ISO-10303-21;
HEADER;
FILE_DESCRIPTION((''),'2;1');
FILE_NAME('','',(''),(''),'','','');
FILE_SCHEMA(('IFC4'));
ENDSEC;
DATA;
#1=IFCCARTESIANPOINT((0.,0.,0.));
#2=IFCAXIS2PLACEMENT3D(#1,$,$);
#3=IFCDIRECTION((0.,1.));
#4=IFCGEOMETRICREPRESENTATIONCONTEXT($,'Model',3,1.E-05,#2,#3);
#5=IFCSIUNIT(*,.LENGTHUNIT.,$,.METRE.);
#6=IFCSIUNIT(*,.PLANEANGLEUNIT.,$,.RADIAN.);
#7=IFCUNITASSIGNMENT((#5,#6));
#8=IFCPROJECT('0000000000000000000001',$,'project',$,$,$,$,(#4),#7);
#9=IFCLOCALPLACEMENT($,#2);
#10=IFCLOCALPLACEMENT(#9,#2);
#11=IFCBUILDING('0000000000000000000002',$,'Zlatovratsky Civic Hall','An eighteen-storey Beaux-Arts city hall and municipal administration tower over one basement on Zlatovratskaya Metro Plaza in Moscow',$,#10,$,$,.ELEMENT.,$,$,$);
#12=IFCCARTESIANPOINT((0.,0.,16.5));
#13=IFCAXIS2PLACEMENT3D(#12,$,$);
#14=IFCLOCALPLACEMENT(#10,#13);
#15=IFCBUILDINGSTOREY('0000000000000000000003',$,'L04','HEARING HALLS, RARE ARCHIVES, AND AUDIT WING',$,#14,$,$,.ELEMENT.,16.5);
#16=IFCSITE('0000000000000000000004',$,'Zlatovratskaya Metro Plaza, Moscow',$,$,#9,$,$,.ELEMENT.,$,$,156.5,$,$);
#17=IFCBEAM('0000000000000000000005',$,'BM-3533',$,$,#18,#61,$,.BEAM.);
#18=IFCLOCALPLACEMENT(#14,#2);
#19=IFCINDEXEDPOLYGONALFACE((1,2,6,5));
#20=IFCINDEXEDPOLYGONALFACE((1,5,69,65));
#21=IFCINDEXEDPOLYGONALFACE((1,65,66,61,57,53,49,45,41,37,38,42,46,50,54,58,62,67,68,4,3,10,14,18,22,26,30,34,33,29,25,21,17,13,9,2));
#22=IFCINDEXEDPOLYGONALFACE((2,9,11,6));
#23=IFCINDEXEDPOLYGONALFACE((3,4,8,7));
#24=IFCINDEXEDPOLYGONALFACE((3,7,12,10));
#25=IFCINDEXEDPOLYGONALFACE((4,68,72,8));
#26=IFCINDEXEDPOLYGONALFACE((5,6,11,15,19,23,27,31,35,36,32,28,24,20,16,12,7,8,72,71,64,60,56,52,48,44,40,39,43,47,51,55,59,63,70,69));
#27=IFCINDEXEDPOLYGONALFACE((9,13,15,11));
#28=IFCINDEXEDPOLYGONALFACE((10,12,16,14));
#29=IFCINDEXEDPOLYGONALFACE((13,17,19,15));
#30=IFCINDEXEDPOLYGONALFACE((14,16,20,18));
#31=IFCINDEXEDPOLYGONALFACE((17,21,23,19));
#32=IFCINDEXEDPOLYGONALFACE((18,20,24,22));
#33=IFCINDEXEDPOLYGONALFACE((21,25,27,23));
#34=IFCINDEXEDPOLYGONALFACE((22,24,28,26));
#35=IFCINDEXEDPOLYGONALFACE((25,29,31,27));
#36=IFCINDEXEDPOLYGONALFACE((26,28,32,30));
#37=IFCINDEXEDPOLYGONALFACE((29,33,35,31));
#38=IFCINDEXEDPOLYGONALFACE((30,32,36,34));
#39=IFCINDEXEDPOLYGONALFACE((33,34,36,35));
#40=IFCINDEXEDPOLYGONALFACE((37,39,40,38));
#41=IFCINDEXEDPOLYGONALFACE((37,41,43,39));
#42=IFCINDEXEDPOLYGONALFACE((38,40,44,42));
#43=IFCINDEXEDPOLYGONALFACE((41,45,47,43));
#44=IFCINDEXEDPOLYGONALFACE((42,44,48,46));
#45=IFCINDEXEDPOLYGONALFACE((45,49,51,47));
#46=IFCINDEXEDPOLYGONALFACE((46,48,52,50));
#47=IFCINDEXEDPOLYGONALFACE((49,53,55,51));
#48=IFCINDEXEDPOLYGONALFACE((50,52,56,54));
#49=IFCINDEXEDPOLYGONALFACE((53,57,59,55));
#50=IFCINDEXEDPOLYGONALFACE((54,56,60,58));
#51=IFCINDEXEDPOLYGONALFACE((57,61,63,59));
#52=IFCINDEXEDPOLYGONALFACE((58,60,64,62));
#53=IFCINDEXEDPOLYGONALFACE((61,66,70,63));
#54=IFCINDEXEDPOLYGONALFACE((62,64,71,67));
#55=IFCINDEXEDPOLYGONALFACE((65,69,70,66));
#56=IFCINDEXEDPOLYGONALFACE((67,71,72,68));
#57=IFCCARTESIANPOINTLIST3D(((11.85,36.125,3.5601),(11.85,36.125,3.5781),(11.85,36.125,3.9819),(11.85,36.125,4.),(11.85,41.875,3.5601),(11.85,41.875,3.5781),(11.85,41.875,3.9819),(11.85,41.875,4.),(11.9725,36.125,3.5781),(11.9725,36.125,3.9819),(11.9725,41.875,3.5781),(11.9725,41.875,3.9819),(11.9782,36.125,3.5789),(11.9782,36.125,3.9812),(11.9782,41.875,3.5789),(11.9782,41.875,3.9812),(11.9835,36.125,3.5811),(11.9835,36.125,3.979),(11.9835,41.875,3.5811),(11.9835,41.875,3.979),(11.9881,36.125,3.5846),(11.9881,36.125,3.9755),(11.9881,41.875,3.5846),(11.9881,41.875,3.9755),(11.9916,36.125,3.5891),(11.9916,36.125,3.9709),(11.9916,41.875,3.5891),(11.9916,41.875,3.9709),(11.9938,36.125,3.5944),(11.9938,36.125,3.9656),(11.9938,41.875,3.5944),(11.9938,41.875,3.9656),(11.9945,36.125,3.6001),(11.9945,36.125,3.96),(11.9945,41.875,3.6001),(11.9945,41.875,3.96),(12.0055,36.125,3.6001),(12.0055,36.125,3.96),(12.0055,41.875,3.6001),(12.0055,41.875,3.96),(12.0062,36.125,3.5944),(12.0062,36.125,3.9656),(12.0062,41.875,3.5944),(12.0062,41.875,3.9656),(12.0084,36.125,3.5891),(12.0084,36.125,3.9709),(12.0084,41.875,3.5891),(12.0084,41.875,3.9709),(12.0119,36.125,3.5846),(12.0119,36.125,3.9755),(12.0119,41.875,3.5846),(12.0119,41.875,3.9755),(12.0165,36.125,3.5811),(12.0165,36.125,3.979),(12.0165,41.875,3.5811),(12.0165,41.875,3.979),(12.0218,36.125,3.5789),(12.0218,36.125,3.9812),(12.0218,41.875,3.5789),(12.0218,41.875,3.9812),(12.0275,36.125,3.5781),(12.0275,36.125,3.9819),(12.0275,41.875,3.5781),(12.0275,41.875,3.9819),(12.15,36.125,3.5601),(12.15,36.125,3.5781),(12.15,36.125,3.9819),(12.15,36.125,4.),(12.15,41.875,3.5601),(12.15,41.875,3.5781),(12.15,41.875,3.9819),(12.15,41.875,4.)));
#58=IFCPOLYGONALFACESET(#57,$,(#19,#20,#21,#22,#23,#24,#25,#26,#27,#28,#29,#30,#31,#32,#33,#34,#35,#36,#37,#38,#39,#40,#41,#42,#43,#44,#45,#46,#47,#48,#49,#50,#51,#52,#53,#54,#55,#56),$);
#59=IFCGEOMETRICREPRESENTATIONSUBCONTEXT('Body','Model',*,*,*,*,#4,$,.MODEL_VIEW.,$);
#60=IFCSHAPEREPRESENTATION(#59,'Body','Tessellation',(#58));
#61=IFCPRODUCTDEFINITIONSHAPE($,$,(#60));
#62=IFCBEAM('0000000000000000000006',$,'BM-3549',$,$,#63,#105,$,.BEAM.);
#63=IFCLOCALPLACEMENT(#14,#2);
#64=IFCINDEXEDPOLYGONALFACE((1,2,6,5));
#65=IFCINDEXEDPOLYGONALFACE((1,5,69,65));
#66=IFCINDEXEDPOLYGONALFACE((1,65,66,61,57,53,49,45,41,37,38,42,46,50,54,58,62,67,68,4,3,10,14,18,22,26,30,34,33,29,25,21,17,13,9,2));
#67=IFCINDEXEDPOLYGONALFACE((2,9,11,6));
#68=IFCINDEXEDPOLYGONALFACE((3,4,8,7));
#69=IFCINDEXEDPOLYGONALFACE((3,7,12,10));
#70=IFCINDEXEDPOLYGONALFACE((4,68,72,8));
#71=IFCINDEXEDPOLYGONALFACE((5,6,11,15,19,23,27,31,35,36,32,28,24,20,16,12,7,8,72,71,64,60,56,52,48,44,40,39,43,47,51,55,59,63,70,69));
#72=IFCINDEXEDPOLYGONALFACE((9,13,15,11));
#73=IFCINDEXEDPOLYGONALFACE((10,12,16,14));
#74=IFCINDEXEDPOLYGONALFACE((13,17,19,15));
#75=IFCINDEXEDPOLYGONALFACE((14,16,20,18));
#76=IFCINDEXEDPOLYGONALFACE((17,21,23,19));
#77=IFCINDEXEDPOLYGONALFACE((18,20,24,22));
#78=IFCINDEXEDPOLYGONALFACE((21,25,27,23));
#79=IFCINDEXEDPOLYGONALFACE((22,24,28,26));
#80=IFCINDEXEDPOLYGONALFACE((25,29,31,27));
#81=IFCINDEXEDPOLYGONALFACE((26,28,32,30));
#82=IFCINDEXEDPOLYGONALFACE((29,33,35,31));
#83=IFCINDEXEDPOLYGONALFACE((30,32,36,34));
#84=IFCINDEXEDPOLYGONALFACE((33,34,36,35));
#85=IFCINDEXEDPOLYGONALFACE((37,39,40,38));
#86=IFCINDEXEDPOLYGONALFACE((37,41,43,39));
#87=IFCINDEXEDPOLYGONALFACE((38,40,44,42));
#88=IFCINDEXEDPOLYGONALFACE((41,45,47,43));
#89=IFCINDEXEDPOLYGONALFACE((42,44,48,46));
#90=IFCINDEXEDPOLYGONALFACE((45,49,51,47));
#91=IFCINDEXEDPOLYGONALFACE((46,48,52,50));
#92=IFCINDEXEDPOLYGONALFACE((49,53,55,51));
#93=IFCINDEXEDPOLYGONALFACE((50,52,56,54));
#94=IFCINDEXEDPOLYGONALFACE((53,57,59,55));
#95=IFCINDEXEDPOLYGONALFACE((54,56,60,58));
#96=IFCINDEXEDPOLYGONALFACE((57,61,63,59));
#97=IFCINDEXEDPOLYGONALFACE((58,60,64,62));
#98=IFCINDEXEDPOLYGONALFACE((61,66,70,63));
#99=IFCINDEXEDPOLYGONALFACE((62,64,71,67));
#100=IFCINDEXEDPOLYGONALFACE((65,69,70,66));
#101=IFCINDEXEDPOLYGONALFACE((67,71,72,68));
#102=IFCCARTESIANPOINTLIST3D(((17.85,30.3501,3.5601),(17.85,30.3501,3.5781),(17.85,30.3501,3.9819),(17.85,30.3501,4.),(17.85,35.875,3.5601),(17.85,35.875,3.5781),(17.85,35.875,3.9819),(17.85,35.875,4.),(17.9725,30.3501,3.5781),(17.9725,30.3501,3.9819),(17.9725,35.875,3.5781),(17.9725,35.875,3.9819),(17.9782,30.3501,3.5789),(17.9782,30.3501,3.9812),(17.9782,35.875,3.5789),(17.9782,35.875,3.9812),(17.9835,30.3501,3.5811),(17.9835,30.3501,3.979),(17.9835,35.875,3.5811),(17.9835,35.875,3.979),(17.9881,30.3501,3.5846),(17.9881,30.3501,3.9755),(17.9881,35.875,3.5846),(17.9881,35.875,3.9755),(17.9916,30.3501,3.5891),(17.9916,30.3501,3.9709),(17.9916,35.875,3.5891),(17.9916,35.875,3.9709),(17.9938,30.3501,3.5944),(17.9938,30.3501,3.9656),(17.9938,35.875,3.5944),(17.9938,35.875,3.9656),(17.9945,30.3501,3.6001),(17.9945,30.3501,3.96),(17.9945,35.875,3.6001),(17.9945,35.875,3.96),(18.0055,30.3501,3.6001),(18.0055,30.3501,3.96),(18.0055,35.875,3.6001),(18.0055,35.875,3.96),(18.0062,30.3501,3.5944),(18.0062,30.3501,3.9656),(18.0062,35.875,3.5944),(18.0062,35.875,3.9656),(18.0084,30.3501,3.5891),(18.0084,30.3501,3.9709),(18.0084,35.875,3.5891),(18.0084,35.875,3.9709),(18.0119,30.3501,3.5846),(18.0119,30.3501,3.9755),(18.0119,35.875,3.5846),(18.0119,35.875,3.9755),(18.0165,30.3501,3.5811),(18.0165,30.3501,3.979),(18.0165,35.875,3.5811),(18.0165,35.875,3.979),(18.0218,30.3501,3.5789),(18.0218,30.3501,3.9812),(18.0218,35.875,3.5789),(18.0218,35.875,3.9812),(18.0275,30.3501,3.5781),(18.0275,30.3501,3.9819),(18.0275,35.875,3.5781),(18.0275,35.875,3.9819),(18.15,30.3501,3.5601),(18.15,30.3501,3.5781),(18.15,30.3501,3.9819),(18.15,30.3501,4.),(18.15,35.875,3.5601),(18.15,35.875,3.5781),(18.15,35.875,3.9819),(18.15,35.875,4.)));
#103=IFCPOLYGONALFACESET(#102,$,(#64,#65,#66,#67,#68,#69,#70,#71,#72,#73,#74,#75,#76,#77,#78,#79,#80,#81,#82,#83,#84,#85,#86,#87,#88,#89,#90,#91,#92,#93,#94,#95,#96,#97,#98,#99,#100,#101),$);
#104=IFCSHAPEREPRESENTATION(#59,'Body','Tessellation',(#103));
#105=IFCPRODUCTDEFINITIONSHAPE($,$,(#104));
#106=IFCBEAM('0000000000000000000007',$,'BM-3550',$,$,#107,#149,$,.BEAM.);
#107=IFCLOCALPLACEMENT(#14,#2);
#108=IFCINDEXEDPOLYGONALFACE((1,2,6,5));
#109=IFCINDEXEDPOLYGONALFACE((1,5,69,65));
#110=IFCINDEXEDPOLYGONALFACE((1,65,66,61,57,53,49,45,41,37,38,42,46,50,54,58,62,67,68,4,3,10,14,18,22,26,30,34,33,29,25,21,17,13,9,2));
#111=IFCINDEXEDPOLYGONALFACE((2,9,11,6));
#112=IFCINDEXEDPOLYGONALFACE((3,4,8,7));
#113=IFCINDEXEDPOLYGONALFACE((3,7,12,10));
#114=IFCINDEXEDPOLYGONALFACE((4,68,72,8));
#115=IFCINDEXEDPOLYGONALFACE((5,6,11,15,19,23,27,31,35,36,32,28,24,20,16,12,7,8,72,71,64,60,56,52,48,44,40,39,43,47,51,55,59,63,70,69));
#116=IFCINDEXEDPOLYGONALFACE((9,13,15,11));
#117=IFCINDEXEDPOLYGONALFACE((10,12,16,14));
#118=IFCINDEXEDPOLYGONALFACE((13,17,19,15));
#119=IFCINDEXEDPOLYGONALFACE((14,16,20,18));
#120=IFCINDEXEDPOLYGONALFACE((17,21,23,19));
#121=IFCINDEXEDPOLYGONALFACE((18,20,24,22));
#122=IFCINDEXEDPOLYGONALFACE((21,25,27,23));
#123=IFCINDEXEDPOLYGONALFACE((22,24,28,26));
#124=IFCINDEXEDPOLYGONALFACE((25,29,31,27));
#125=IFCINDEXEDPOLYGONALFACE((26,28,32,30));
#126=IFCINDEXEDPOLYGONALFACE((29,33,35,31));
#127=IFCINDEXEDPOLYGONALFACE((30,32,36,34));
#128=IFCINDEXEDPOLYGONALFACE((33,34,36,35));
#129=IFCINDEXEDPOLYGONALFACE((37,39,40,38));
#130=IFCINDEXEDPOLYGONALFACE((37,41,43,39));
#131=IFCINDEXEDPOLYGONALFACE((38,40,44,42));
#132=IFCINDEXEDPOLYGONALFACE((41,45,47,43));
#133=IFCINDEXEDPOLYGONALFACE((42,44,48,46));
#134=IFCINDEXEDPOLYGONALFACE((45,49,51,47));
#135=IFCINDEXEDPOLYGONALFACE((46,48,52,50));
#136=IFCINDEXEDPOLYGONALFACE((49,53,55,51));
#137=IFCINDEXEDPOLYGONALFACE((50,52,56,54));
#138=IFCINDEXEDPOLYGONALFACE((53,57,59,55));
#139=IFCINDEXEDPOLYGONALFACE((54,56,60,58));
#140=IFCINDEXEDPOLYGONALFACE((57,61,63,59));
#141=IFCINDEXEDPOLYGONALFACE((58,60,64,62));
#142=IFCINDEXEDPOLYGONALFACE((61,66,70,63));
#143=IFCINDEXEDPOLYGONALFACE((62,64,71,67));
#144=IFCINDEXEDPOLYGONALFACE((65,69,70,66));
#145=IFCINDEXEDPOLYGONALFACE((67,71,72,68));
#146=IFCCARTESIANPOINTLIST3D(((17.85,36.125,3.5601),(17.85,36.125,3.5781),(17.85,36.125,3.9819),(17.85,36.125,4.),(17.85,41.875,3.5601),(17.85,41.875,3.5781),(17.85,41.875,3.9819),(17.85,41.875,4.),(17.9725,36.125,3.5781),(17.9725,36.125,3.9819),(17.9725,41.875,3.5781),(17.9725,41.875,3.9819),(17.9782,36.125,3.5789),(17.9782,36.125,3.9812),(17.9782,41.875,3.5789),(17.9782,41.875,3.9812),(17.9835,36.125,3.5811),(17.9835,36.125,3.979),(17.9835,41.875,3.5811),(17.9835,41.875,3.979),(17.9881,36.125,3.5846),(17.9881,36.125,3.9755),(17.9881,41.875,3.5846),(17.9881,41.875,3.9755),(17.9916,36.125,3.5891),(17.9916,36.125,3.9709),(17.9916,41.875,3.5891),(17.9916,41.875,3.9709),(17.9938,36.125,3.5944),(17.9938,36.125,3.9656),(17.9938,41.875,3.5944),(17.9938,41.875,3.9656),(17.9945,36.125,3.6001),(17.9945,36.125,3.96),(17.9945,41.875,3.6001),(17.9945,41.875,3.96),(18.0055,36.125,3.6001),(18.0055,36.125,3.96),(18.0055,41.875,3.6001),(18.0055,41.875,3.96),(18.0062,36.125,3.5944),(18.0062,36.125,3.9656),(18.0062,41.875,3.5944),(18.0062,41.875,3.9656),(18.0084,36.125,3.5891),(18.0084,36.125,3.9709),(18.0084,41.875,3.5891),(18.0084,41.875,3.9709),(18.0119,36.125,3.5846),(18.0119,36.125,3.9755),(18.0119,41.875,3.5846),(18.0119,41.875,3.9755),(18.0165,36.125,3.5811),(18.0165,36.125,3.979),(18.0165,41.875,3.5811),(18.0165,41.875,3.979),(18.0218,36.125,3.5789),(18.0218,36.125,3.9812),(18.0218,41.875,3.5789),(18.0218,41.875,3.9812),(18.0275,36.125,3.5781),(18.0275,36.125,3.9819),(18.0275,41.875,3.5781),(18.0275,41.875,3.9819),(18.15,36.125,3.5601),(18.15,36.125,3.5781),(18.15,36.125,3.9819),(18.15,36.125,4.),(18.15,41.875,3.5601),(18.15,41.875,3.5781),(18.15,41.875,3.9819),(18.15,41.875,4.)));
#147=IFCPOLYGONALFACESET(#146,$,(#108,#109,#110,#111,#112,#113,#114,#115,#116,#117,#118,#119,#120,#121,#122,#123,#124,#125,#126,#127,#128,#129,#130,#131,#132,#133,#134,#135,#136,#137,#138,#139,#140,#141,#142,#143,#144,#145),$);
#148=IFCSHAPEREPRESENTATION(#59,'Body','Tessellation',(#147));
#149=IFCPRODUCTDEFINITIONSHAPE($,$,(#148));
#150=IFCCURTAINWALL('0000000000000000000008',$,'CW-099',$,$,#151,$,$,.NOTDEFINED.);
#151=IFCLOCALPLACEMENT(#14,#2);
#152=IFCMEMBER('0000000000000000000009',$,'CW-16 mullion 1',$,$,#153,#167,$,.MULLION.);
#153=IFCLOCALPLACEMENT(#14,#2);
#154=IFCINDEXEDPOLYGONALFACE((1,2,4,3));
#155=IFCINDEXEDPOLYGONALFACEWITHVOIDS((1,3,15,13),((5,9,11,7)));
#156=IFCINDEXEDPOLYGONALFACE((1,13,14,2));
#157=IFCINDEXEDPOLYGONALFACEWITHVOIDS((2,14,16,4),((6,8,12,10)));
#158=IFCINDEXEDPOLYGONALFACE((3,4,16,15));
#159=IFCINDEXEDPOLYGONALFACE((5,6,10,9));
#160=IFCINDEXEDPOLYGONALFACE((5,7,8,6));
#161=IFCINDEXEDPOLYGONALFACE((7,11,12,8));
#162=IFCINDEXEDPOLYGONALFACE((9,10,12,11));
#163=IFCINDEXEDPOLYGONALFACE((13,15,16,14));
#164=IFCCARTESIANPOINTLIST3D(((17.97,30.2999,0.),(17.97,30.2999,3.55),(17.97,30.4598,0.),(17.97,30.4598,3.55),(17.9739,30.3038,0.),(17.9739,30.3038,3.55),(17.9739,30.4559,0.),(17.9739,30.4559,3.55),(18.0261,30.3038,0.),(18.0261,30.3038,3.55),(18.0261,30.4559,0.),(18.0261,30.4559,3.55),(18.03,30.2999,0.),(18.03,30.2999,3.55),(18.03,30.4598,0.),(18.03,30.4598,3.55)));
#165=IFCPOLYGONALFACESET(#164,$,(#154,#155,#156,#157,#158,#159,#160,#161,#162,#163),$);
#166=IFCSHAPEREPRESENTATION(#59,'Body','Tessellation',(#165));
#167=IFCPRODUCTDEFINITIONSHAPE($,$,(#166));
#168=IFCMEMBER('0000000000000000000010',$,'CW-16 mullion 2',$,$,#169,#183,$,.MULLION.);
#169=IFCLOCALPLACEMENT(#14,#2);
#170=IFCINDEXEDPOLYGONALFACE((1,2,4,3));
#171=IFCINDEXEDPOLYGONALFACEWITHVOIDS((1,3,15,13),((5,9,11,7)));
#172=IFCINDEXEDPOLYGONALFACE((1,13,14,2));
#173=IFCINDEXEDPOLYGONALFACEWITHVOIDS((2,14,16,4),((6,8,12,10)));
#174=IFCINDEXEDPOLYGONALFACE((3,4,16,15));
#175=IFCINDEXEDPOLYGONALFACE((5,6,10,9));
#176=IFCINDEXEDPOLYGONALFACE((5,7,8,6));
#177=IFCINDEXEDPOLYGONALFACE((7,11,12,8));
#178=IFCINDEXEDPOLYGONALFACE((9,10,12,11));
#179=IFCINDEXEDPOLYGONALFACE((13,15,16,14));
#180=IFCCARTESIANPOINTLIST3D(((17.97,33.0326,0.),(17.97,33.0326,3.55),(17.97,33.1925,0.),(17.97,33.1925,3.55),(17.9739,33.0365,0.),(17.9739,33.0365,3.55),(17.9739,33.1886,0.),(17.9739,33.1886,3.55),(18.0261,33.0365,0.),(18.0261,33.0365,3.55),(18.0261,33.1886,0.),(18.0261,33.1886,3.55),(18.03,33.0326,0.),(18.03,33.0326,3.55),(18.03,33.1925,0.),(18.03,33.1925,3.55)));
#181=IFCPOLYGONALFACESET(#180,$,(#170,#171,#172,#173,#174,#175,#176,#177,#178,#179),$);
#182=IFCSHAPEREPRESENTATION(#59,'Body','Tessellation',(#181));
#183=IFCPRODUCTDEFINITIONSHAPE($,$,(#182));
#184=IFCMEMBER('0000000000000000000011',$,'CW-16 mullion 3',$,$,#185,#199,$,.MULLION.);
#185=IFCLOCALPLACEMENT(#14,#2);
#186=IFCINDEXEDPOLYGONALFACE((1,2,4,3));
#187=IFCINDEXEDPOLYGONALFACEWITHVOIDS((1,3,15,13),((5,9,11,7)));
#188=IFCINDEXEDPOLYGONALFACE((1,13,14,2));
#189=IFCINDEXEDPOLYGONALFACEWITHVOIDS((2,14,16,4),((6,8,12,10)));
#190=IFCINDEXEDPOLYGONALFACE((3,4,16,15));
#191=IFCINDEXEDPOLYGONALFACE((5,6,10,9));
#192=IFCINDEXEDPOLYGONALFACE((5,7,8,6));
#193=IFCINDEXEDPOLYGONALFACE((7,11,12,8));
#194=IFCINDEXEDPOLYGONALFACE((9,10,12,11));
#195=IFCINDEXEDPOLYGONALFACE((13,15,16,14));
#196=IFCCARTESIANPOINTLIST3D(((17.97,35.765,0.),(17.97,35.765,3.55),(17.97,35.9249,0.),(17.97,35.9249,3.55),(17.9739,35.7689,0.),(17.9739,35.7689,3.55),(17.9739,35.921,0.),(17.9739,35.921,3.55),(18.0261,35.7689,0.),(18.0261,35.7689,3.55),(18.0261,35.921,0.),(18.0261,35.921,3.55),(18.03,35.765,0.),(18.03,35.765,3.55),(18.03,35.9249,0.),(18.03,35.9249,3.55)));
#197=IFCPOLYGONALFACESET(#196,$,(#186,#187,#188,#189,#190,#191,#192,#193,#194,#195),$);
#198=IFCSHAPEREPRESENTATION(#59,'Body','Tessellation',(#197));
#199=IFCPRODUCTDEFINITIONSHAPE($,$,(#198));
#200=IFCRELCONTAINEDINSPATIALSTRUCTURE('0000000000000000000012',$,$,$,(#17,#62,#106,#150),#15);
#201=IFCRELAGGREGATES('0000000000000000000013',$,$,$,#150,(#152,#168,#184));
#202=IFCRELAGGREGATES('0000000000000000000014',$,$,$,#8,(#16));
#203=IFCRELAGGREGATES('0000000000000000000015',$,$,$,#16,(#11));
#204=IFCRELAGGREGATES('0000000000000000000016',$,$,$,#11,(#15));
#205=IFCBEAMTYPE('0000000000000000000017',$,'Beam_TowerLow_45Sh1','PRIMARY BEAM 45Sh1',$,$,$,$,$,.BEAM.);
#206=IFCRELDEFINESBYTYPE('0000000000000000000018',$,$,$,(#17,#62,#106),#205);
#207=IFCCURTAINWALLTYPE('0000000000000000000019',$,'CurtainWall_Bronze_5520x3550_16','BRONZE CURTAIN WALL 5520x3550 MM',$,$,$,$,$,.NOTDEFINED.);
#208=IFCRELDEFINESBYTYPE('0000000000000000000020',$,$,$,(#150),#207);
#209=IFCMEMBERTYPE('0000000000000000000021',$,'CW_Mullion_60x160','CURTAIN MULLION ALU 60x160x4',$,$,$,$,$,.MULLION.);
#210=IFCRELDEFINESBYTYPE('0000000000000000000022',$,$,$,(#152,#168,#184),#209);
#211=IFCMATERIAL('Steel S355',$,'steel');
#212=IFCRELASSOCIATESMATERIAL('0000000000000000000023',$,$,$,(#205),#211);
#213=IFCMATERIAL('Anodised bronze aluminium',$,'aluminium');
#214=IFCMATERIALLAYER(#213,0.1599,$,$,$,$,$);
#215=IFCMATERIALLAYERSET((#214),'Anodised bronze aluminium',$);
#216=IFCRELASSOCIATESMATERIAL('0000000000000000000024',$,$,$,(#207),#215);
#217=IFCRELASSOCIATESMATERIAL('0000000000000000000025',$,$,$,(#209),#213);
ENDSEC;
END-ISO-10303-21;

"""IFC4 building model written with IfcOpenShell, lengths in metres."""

from ifc_helpers import new_model, si_unit, direction, frame, origin, origin_2d, place, context, subcontext, project, spatial, hollow_rectangle, i_section, extrude, material, layer, layer_set, material_profile, profile_set, type_object, element, aggregate, save


model = new_model("IFC4")

# Units and contexts
model_context = context("Model", 3, precision=1e-05, world=origin(), true_north=direction((0.0, 1.0)))
body_context = subcontext(model_context, "Body", "Model", "MODEL_VIEW")
ifc_project = project(units=[si_unit("LENGTHUNIT", "METRE"), si_unit("PLANEANGLEUNIT", "RADIAN")], contexts=[model_context])

# Site, building, storey
site_placement = place(None, origin())
site = spatial("IfcSite", under=ifc_project, at=site_placement, Name="Zlatovratskaya Metro Plaza, Moscow", CompositionType="ELEMENT", RefElevation=156.5)
building_placement = place(site_placement, origin())
building = spatial("IfcBuilding", under=site, at=building_placement, Name="Zlatovratsky Civic Hall", Description="An eighteen-storey Beaux-Arts city hall and municipal administration tower over one basement on Zlatovratskaya Metro Plaza in Moscow", CompositionType="ELEMENT")
storey_placement = place(building_placement, frame((0.0, 0.0, 16.5)))
storey = spatial("IfcBuildingStorey", under=building, at=storey_placement, Name="L04", Description="HEARING HALLS, RARE ARCHIVES, AND AUDIT WING", CompositionType="ELEMENT", Elevation=16.5)

# Shared definitions
ifc_material_1 = material(Name="Steel S355", Category="steel")

# Beams
ifc_material_profile_1 = material_profile(ifc_material_1, i_section(OverallWidth=0.3, OverallDepth=0.4399, WebThickness=0.011, FlangeThickness=0.0181, FilletRadius=0.022, at=origin_2d()), Name="45Sh1")
ifc_profile_set_1 = profile_set([ifc_material_profile_1], Name="Steel S355")
beam_type_1 = type_object("IfcBeamType", Name="Beam_TowerLow_45Sh1", Description="PRIMARY BEAM 45Sh1", PredefinedType="BEAM", material=ifc_profile_set_1)
beam_1_placement = place(storey_placement, frame((12.0, 36.125, 3.78), z_axis=(0.0, 1.0, 0.0), x_axis=(-1.0, 0.0, 0.0)))
element("IfcBeam", 1, at=beam_1_placement, inside=storey, type_object=beam_type_1, Name="BM-3533", PredefinedType="BEAM", context=body_context, shape_type="SweptSolid", body=[
    extrude(i_section(OverallWidth=0.3, OverallDepth=0.4399, WebThickness=0.011, FlangeThickness=0.0181, FilletRadius=0.022, at=origin_2d()), origin(), (0.0, 0.0, 1.0), 5.75),
])
beam_2_placement = place(storey_placement, frame((18.0, 30.3501, 3.78), z_axis=(0.0, 1.0, 0.0), x_axis=(-1.0, 0.0, 0.0)))
element("IfcBeam", 2, at=beam_2_placement, inside=storey, type_object=beam_type_1, Name="BM-3549", PredefinedType="BEAM", context=body_context, shape_type="SweptSolid", body=[
    extrude(i_section(OverallWidth=0.3, OverallDepth=0.4399, WebThickness=0.011, FlangeThickness=0.0181, FilletRadius=0.022, at=origin_2d()), origin(), (0.0, 0.0, 1.0), 5.5249),
])
beam_3_placement = place(storey_placement, frame((18.0, 36.125, 3.78), z_axis=(0.0, 1.0, 0.0), x_axis=(-1.0, 0.0, 0.0)))
element("IfcBeam", 3, at=beam_3_placement, inside=storey, type_object=beam_type_1, Name="BM-3550", PredefinedType="BEAM", context=body_context, shape_type="SweptSolid", body=[
    extrude(i_section(OverallWidth=0.3, OverallDepth=0.4399, WebThickness=0.011, FlangeThickness=0.0181, FilletRadius=0.022, at=origin_2d()), origin(), (0.0, 0.0, 1.0), 5.75),
])

# Curtain wall, members
ifc_material_2 = material(Name="Anodised bronze aluminium", Category="aluminium")
ifc_layer_1 = layer(ifc_material_2, 0.1599)
ifc_layer_set_1 = layer_set([ifc_layer_1], Name="Anodised bronze aluminium")
curtain_wall_type_1 = type_object("IfcCurtainWallType", Name="CurtainWall_Bronze_5520x3550_16", Description="BRONZE CURTAIN WALL 5520x3550 MM", PredefinedType="NOTDEFINED", material=ifc_layer_set_1)
curtain_wall_1_placement = place(storey_placement, origin())
curtain_wall_1 = element("IfcCurtainWall", 4, at=curtain_wall_1_placement, inside=storey, type_object=curtain_wall_type_1, Name="CW-099", PredefinedType="NOTDEFINED")
ifc_material_profile_2 = material_profile(ifc_material_2, hollow_rectangle(XDim=0.0601, YDim=0.1599, WallThickness=0.0039, at=origin_2d()), Name="ALU 60x160x4")
ifc_profile_set_2 = profile_set([ifc_material_profile_2], Name="Anodised bronze aluminium")
member_type_1 = type_object("IfcMemberType", Name="CW_Mullion_60x160", Description="CURTAIN MULLION ALU 60x160x4", PredefinedType="MULLION", material=ifc_profile_set_2)
member_1_placement = place(storey_placement, frame((18.0, 30.3799, 0.0), z_axis=(0.0, 0.0, 1.0), x_axis=(-1.0, 0.0, 0.0)))
member_1 = element("IfcMember", 5, at=member_1_placement, type_object=member_type_1, Name="CW-16 mullion 1", PredefinedType="MULLION", context=body_context, shape_type="SweptSolid", body=[
    extrude(hollow_rectangle(XDim=0.0601, YDim=0.1599, WallThickness=0.0039, at=origin_2d()), origin(), (0.0, 0.0, 1.0), 3.55),
])
member_2_placement = place(storey_placement, frame((18.0, 33.1125, 0.0), z_axis=(0.0, 0.0, 1.0), x_axis=(-1.0, 0.0, 0.0)))
member_2 = element("IfcMember", 6, at=member_2_placement, type_object=member_type_1, Name="CW-16 mullion 2", PredefinedType="MULLION", context=body_context, shape_type="SweptSolid", body=[
    extrude(hollow_rectangle(XDim=0.0601, YDim=0.1599, WallThickness=0.0039, at=origin_2d()), origin(), (0.0, 0.0, 1.0), 3.55),
])
member_3_placement = place(storey_placement, frame((18.0, 35.845, 0.0), z_axis=(0.0, 0.0, 1.0), x_axis=(-1.0, 0.0, 0.0)))
member_3 = element("IfcMember", 7, at=member_3_placement, type_object=member_type_1, Name="CW-16 mullion 3", PredefinedType="MULLION", context=body_context, shape_type="SweptSolid", body=[
    extrude(hollow_rectangle(XDim=0.0601, YDim=0.1599, WallThickness=0.0039, at=origin_2d()), origin(), (0.0, 0.0, 1.0), 3.55),
])

aggregate(curtain_wall_1, [member_1, member_2, member_3])

save(model, "model.ifc")
